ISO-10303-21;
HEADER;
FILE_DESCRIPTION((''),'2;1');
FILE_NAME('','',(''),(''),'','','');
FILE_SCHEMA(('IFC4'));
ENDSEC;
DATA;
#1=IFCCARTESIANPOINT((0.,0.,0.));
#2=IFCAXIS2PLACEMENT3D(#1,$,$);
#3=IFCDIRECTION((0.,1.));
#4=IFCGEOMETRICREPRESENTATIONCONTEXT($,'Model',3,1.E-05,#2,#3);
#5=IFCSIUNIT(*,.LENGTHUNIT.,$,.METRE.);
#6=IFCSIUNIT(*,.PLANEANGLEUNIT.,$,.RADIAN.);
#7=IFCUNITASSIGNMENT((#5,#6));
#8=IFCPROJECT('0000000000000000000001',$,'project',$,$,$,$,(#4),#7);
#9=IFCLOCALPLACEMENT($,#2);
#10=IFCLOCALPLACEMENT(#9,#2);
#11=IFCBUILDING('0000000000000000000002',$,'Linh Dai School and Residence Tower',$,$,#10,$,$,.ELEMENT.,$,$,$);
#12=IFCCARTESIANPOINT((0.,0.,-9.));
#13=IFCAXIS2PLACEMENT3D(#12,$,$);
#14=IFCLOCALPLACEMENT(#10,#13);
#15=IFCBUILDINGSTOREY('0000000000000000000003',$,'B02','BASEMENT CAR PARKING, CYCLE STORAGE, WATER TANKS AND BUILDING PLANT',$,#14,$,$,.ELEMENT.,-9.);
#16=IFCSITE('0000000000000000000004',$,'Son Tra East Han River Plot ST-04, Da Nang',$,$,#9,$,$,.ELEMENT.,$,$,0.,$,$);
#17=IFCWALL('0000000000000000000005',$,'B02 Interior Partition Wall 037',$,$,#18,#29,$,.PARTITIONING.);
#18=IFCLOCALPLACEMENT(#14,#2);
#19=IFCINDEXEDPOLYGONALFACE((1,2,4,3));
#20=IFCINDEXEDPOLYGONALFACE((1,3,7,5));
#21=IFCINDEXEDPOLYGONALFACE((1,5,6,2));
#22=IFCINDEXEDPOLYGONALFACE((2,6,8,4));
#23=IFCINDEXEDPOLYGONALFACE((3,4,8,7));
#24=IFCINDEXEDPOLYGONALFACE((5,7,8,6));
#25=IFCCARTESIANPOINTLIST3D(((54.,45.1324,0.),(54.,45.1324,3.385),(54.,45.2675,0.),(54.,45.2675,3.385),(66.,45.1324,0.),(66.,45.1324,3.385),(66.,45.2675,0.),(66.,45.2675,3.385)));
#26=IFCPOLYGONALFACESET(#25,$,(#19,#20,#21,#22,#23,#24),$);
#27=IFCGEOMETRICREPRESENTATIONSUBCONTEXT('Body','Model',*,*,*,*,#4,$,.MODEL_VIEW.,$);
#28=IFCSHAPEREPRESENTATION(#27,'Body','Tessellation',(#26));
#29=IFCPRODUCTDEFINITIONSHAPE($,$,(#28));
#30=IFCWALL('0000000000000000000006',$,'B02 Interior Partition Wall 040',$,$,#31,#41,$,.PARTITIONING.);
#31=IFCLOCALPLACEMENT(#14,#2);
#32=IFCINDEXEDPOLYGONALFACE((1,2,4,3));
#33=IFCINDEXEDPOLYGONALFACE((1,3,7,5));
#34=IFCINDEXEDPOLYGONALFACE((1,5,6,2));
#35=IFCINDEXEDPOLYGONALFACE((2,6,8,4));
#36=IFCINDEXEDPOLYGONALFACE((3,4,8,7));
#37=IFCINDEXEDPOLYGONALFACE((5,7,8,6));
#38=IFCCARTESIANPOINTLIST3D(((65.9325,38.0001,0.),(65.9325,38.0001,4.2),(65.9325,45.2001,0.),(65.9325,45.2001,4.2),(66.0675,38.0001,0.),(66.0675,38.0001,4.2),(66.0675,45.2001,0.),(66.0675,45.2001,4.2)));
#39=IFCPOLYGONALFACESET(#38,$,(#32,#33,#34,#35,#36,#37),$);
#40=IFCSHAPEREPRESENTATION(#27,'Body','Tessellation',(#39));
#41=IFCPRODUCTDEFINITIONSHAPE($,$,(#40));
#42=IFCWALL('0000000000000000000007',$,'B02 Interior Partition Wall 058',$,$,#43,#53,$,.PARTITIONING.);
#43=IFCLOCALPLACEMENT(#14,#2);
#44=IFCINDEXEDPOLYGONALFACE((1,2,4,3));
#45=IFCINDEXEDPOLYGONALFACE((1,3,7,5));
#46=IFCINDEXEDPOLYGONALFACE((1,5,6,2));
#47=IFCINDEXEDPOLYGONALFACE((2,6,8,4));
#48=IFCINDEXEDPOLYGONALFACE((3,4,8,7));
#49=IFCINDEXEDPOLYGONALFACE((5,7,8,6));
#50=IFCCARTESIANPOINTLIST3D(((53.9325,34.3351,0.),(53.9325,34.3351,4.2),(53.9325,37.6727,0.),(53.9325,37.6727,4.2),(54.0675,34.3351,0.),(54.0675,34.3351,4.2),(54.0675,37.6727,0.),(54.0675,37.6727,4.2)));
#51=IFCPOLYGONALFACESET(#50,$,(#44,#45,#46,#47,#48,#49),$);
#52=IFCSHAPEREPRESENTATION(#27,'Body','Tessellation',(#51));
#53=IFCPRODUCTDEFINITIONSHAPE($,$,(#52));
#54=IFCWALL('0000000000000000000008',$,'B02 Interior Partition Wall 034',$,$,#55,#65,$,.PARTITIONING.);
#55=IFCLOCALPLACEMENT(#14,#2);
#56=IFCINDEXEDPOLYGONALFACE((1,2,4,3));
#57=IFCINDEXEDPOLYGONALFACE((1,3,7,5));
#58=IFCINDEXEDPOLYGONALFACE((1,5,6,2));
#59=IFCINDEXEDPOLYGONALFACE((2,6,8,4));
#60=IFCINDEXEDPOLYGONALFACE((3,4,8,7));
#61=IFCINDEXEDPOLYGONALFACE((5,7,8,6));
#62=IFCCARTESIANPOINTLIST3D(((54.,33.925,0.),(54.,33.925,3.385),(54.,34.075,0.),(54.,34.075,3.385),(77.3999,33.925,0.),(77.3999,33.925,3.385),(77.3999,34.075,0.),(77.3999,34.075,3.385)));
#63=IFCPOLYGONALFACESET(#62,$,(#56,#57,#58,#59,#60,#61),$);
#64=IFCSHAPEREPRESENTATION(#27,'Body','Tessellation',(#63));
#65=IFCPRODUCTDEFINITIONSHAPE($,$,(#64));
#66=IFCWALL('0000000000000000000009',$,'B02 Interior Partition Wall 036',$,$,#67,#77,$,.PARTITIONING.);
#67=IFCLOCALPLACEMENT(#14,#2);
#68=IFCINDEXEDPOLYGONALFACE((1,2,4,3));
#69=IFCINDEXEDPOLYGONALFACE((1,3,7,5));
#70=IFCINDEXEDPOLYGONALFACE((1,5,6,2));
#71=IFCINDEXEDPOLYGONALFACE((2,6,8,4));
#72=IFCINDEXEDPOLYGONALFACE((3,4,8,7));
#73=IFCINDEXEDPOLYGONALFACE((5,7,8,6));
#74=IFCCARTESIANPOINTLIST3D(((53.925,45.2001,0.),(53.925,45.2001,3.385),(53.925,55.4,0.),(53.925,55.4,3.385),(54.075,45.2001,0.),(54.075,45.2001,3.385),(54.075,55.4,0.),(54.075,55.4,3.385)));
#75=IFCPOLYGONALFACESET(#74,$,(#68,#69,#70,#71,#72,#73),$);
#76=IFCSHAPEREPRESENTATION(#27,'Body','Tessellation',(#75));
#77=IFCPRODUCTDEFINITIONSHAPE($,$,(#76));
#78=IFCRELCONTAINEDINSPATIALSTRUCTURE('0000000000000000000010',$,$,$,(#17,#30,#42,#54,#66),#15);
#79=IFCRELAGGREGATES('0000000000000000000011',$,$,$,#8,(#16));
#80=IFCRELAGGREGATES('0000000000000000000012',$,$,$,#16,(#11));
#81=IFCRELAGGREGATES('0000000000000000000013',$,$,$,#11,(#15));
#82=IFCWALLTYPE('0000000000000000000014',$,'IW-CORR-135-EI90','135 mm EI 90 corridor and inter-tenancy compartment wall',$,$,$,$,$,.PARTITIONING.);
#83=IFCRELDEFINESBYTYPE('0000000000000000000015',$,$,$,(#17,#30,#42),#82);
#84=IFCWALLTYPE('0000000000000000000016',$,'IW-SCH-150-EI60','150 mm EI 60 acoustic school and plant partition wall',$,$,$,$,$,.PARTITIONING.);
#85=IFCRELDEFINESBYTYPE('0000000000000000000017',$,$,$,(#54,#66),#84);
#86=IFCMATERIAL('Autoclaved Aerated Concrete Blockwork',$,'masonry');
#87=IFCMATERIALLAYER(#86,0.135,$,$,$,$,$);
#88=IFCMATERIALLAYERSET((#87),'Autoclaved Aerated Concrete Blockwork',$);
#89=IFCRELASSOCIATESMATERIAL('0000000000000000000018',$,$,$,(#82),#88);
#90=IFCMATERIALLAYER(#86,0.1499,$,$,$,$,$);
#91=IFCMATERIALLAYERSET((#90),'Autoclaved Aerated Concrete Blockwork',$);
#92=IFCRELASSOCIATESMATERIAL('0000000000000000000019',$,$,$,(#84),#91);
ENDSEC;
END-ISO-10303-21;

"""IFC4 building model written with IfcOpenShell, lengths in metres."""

from ifc_helpers import new_model, si_unit, direction, frame, frame_2d, origin, place, context, subcontext, project, spatial, rectangle, extrude, material, layer, layer_set, type_object, element, save


model = new_model("IFC4")

# Units and contexts
model_context = context("Model", 3, precision=1e-05, world=origin(), true_north=direction((0.0, 1.0)))
body_context = subcontext(model_context, "Body", "Model", "MODEL_VIEW")
ifc_project = project(units=[si_unit("LENGTHUNIT", "METRE"), si_unit("PLANEANGLEUNIT", "RADIAN")], contexts=[model_context])

# Site, building, storey
site_placement = place(None, origin())
site = spatial("IfcSite", under=ifc_project, at=site_placement, Name="Son Tra East Han River Plot ST-04, Da Nang", CompositionType="ELEMENT", RefElevation=0.0)
building_placement = place(site_placement, origin())
building = spatial("IfcBuilding", under=site, at=building_placement, Name="Linh Dai School and Residence Tower", CompositionType="ELEMENT")
storey_placement = place(building_placement, frame((0.0, 0.0, -9.0)))
storey = spatial("IfcBuildingStorey", under=building, at=storey_placement, Name="B02", Description="BASEMENT CAR PARKING, CYCLE STORAGE, WATER TANKS AND BUILDING PLANT", CompositionType="ELEMENT", Elevation=-9.0)

# Shared definitions
ifc_material_1 = material(Name="Autoclaved Aerated Concrete Blockwork", Category="masonry")
ifc_layer_1 = layer(ifc_material_1, 0.135)
ifc_layer_set_1 = layer_set([ifc_layer_1], Name="Autoclaved Aerated Concrete Blockwork")
wall_type_1 = type_object("IfcWallType", Name="IW-CORR-135-EI90", Description="135 mm EI 90 corridor and inter-tenancy compartment wall", PredefinedType="PARTITIONING", material=ifc_layer_set_1)

# Walls
wall_1_placement = place(storey_placement, frame((54.0, 45.2, 0.0), z_axis=(0.0, 0.0, 1.0), x_axis=(1.0, 0.0, 0.0)))
element("IfcWall", 1, at=wall_1_placement, inside=storey, type_object=wall_type_1, Name="B02 Interior Partition Wall 037", PredefinedType="PARTITIONING", context=body_context, shape_type="SweptSolid", body=[
    extrude(rectangle(XDim=12.0, YDim=0.135, at=frame_2d((6.0, 0.0))), origin(), (0.0, 0.0, 1.0), 3.385),
])
wall_2_placement = place(storey_placement, frame((66.0, 38.0, 0.0), z_axis=(0.0, 0.0, 1.0), x_axis=(0.0, 1.0, 0.0)))
element("IfcWall", 2, at=wall_2_placement, inside=storey, type_object=wall_type_1, Name="B02 Interior Partition Wall 040", PredefinedType="PARTITIONING", context=body_context, shape_type="SweptSolid", body=[
    extrude(rectangle(XDim=7.2, YDim=0.135, at=frame_2d((3.6001, 0.0))), origin(), (0.0, 0.0, 1.0), 4.2),
])
wall_3_placement = place(storey_placement, frame((54.0, 34.335, 0.0), z_axis=(0.0, 0.0, 1.0), x_axis=(0.0, 1.0, 0.0)))
element("IfcWall", 3, at=wall_3_placement, inside=storey, type_object=wall_type_1, Name="B02 Interior Partition Wall 058", PredefinedType="PARTITIONING", context=body_context, shape_type="SweptSolid", body=[
    extrude(rectangle(XDim=3.3376, YDim=0.135, at=frame_2d((1.6689, 0.0))), origin(), (0.0, 0.0, 1.0), 4.2),
])
ifc_layer_2 = layer(ifc_material_1, 0.1499)
ifc_layer_set_2 = layer_set([ifc_layer_2], Name="Autoclaved Aerated Concrete Blockwork")
wall_type_2 = type_object("IfcWallType", Name="IW-SCH-150-EI60", Description="150 mm EI 60 acoustic school and plant partition wall", PredefinedType="PARTITIONING", material=ifc_layer_set_2)
wall_4_placement = place(storey_placement, frame((54.0, 34.0, 0.0), z_axis=(0.0, 0.0, 1.0), x_axis=(1.0, 0.0, 0.0)))
element("IfcWall", 4, at=wall_4_placement, inside=storey, type_object=wall_type_2, Name="B02 Interior Partition Wall 034", PredefinedType="PARTITIONING", context=body_context, shape_type="SweptSolid", body=[
    extrude(rectangle(XDim=23.3999, YDim=0.1499, at=frame_2d((11.7, 0.0))), origin(), (0.0, 0.0, 1.0), 3.385),
])
wall_5_placement = place(storey_placement, frame((54.0, 45.2, 0.0), z_axis=(0.0, 0.0, 1.0), x_axis=(0.0, 1.0, 0.0)))
element("IfcWall", 5, at=wall_5_placement, inside=storey, type_object=wall_type_2, Name="B02 Interior Partition Wall 036", PredefinedType="PARTITIONING", context=body_context, shape_type="SweptSolid", body=[
    extrude(rectangle(XDim=10.2, YDim=0.1499, at=frame_2d((5.1001, 0.0))), origin(), (0.0, 0.0, 1.0), 3.385),
])

save(model, "model.ifc")
